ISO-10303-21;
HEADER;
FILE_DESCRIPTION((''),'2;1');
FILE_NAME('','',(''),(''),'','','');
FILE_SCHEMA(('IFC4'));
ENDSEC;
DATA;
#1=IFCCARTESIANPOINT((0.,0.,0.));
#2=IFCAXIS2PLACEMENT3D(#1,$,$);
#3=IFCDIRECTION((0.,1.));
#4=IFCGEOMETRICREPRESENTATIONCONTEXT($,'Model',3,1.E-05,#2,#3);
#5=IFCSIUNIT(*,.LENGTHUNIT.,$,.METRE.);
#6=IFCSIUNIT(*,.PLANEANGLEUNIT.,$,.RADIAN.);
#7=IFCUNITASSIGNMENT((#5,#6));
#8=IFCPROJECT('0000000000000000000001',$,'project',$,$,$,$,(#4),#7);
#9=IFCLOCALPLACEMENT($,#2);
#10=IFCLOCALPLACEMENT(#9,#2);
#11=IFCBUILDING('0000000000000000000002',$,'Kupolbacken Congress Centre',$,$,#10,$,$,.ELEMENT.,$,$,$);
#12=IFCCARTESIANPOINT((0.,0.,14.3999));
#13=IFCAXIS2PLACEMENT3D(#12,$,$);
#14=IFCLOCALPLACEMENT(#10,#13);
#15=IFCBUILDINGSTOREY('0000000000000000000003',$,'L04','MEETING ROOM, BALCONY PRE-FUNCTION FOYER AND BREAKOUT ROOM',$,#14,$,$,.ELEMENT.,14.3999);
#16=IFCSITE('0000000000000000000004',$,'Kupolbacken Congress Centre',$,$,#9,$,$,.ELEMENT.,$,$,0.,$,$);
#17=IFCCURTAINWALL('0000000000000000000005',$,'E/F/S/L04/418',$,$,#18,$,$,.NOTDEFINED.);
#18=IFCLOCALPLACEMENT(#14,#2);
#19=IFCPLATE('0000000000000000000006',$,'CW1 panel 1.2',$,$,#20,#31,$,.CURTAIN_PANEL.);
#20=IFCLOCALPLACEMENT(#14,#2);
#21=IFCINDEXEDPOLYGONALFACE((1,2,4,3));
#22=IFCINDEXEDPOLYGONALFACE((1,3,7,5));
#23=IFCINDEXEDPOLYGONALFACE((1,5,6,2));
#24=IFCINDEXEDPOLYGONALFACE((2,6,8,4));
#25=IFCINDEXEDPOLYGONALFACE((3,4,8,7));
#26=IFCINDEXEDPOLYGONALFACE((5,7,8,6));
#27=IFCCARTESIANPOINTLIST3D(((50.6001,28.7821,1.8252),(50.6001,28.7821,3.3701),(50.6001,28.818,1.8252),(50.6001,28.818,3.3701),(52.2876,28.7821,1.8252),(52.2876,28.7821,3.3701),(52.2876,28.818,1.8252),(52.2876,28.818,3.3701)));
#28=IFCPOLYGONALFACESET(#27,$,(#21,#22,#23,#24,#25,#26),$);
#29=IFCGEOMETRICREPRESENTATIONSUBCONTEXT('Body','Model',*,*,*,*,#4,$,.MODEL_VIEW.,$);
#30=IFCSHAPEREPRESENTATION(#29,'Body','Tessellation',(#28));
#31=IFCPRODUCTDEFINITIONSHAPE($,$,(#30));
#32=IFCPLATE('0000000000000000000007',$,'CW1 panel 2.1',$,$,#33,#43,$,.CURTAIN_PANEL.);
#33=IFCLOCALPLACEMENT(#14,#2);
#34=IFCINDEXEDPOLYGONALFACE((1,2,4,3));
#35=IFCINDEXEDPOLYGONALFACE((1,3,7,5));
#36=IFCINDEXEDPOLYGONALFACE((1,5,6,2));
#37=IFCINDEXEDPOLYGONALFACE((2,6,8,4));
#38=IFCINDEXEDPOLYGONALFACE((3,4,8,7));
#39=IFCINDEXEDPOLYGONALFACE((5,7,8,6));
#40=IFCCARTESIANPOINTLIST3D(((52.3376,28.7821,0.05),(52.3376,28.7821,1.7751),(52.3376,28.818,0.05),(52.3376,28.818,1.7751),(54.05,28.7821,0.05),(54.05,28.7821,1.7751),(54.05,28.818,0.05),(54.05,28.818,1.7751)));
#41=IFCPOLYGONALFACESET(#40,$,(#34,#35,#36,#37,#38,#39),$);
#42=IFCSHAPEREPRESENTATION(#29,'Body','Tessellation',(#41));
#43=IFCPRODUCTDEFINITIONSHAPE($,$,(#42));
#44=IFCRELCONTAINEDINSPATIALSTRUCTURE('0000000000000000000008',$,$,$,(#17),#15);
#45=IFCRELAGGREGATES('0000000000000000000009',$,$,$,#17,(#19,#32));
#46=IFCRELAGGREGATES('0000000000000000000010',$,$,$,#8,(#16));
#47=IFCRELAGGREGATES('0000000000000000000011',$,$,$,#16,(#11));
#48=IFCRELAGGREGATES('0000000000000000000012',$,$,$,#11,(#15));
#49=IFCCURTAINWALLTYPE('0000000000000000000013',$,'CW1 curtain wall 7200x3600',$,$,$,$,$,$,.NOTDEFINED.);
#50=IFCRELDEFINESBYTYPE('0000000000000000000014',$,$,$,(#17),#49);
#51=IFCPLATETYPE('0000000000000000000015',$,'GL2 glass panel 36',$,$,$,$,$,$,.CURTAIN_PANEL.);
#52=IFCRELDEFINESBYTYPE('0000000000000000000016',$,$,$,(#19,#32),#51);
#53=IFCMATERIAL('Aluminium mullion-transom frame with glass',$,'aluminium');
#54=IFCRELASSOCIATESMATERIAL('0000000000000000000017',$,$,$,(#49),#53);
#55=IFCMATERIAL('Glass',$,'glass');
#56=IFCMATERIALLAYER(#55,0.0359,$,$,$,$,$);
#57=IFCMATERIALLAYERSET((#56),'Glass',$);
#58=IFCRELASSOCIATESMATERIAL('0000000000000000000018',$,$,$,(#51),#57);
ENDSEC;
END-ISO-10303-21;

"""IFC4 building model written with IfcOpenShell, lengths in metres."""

from ifc_helpers import new_model, si_unit, direction, frame, origin, origin_2d, place, context, subcontext, project, spatial, rectangle, extrude, material, layer, layer_set, type_object, element, aggregate, save


model = new_model("IFC4")

# Units and contexts
model_context = context("Model", 3, precision=1e-05, world=origin(), true_north=direction((0.0, 1.0)))
body_context = subcontext(model_context, "Body", "Model", "MODEL_VIEW")
ifc_project = project(units=[si_unit("LENGTHUNIT", "METRE"), si_unit("PLANEANGLEUNIT", "RADIAN")], contexts=[model_context])

# Site, building, storey
site_placement = place(None, origin())
site = spatial("IfcSite", under=ifc_project, at=site_placement, Name="Kupolbacken Congress Centre", CompositionType="ELEMENT", RefElevation=0.0)
building_placement = place(site_placement, origin())
building = spatial("IfcBuilding", under=site, at=building_placement, Name="Kupolbacken Congress Centre", CompositionType="ELEMENT")
storey_placement = place(building_placement, frame((0.0, 0.0, 14.3999)))
storey = spatial("IfcBuildingStorey", under=building, at=storey_placement, Name="L04", Description="MEETING ROOM, BALCONY PRE-FUNCTION FOYER AND BREAKOUT ROOM", CompositionType="ELEMENT", Elevation=14.3999)

# Curtain wall
ifc_material_1 = material(Name="Aluminium mullion-transom frame with glass", Category="aluminium")
curtain_wall_type = type_object("IfcCurtainWallType", Name="CW1 curtain wall 7200x3600", PredefinedType="NOTDEFINED", material=ifc_material_1)
curtain_wall_1_placement = place(storey_placement, origin())
curtain_wall_1 = element("IfcCurtainWall", 1, at=curtain_wall_1_placement, inside=storey, type_object=curtain_wall_type, Name="E/F/S/L04/418", PredefinedType="NOTDEFINED")

# Plates
ifc_material_2 = material(Name="Glass", Category="glass")
ifc_layer = layer(ifc_material_2, 0.0359)
ifc_layer_set = layer_set([ifc_layer], Name="Glass")
plate_type = type_object("IfcPlateType", Name="GL2 glass panel 36", PredefinedType="CURTAIN_PANEL", material=ifc_layer_set)
plate_1_placement = place(storey_placement, frame((51.4438, 28.8, 1.8252), z_axis=(0.0, 0.0, 1.0), x_axis=(1.0, 0.0, 0.0)))
plate_1 = element("IfcPlate", 2, at=plate_1_placement, type_object=plate_type, Name="CW1 panel 1.2", PredefinedType="CURTAIN_PANEL", context=body_context, shape_type="SweptSolid", body=[
    extrude(rectangle(XDim=1.6875, YDim=0.0359, at=origin_2d()), origin(), (0.0, 0.0, 1.0), 1.5449),
])
plate_2_placement = place(storey_placement, frame((53.1938, 28.8, 0.05), z_axis=(0.0, 0.0, 1.0), x_axis=(1.0, 0.0, 0.0)))
plate_2 = element("IfcPlate", 3, at=plate_2_placement, type_object=plate_type, Name="CW1 panel 2.1", PredefinedType="CURTAIN_PANEL", context=body_context, shape_type="SweptSolid", body=[
    extrude(rectangle(XDim=1.7124, YDim=0.0359, at=origin_2d()), origin(), (0.0, 0.0, 1.0), 1.7251),
])
aggregate(curtain_wall_1, [plate_1, plate_2])

save(model, "model.ifc")
